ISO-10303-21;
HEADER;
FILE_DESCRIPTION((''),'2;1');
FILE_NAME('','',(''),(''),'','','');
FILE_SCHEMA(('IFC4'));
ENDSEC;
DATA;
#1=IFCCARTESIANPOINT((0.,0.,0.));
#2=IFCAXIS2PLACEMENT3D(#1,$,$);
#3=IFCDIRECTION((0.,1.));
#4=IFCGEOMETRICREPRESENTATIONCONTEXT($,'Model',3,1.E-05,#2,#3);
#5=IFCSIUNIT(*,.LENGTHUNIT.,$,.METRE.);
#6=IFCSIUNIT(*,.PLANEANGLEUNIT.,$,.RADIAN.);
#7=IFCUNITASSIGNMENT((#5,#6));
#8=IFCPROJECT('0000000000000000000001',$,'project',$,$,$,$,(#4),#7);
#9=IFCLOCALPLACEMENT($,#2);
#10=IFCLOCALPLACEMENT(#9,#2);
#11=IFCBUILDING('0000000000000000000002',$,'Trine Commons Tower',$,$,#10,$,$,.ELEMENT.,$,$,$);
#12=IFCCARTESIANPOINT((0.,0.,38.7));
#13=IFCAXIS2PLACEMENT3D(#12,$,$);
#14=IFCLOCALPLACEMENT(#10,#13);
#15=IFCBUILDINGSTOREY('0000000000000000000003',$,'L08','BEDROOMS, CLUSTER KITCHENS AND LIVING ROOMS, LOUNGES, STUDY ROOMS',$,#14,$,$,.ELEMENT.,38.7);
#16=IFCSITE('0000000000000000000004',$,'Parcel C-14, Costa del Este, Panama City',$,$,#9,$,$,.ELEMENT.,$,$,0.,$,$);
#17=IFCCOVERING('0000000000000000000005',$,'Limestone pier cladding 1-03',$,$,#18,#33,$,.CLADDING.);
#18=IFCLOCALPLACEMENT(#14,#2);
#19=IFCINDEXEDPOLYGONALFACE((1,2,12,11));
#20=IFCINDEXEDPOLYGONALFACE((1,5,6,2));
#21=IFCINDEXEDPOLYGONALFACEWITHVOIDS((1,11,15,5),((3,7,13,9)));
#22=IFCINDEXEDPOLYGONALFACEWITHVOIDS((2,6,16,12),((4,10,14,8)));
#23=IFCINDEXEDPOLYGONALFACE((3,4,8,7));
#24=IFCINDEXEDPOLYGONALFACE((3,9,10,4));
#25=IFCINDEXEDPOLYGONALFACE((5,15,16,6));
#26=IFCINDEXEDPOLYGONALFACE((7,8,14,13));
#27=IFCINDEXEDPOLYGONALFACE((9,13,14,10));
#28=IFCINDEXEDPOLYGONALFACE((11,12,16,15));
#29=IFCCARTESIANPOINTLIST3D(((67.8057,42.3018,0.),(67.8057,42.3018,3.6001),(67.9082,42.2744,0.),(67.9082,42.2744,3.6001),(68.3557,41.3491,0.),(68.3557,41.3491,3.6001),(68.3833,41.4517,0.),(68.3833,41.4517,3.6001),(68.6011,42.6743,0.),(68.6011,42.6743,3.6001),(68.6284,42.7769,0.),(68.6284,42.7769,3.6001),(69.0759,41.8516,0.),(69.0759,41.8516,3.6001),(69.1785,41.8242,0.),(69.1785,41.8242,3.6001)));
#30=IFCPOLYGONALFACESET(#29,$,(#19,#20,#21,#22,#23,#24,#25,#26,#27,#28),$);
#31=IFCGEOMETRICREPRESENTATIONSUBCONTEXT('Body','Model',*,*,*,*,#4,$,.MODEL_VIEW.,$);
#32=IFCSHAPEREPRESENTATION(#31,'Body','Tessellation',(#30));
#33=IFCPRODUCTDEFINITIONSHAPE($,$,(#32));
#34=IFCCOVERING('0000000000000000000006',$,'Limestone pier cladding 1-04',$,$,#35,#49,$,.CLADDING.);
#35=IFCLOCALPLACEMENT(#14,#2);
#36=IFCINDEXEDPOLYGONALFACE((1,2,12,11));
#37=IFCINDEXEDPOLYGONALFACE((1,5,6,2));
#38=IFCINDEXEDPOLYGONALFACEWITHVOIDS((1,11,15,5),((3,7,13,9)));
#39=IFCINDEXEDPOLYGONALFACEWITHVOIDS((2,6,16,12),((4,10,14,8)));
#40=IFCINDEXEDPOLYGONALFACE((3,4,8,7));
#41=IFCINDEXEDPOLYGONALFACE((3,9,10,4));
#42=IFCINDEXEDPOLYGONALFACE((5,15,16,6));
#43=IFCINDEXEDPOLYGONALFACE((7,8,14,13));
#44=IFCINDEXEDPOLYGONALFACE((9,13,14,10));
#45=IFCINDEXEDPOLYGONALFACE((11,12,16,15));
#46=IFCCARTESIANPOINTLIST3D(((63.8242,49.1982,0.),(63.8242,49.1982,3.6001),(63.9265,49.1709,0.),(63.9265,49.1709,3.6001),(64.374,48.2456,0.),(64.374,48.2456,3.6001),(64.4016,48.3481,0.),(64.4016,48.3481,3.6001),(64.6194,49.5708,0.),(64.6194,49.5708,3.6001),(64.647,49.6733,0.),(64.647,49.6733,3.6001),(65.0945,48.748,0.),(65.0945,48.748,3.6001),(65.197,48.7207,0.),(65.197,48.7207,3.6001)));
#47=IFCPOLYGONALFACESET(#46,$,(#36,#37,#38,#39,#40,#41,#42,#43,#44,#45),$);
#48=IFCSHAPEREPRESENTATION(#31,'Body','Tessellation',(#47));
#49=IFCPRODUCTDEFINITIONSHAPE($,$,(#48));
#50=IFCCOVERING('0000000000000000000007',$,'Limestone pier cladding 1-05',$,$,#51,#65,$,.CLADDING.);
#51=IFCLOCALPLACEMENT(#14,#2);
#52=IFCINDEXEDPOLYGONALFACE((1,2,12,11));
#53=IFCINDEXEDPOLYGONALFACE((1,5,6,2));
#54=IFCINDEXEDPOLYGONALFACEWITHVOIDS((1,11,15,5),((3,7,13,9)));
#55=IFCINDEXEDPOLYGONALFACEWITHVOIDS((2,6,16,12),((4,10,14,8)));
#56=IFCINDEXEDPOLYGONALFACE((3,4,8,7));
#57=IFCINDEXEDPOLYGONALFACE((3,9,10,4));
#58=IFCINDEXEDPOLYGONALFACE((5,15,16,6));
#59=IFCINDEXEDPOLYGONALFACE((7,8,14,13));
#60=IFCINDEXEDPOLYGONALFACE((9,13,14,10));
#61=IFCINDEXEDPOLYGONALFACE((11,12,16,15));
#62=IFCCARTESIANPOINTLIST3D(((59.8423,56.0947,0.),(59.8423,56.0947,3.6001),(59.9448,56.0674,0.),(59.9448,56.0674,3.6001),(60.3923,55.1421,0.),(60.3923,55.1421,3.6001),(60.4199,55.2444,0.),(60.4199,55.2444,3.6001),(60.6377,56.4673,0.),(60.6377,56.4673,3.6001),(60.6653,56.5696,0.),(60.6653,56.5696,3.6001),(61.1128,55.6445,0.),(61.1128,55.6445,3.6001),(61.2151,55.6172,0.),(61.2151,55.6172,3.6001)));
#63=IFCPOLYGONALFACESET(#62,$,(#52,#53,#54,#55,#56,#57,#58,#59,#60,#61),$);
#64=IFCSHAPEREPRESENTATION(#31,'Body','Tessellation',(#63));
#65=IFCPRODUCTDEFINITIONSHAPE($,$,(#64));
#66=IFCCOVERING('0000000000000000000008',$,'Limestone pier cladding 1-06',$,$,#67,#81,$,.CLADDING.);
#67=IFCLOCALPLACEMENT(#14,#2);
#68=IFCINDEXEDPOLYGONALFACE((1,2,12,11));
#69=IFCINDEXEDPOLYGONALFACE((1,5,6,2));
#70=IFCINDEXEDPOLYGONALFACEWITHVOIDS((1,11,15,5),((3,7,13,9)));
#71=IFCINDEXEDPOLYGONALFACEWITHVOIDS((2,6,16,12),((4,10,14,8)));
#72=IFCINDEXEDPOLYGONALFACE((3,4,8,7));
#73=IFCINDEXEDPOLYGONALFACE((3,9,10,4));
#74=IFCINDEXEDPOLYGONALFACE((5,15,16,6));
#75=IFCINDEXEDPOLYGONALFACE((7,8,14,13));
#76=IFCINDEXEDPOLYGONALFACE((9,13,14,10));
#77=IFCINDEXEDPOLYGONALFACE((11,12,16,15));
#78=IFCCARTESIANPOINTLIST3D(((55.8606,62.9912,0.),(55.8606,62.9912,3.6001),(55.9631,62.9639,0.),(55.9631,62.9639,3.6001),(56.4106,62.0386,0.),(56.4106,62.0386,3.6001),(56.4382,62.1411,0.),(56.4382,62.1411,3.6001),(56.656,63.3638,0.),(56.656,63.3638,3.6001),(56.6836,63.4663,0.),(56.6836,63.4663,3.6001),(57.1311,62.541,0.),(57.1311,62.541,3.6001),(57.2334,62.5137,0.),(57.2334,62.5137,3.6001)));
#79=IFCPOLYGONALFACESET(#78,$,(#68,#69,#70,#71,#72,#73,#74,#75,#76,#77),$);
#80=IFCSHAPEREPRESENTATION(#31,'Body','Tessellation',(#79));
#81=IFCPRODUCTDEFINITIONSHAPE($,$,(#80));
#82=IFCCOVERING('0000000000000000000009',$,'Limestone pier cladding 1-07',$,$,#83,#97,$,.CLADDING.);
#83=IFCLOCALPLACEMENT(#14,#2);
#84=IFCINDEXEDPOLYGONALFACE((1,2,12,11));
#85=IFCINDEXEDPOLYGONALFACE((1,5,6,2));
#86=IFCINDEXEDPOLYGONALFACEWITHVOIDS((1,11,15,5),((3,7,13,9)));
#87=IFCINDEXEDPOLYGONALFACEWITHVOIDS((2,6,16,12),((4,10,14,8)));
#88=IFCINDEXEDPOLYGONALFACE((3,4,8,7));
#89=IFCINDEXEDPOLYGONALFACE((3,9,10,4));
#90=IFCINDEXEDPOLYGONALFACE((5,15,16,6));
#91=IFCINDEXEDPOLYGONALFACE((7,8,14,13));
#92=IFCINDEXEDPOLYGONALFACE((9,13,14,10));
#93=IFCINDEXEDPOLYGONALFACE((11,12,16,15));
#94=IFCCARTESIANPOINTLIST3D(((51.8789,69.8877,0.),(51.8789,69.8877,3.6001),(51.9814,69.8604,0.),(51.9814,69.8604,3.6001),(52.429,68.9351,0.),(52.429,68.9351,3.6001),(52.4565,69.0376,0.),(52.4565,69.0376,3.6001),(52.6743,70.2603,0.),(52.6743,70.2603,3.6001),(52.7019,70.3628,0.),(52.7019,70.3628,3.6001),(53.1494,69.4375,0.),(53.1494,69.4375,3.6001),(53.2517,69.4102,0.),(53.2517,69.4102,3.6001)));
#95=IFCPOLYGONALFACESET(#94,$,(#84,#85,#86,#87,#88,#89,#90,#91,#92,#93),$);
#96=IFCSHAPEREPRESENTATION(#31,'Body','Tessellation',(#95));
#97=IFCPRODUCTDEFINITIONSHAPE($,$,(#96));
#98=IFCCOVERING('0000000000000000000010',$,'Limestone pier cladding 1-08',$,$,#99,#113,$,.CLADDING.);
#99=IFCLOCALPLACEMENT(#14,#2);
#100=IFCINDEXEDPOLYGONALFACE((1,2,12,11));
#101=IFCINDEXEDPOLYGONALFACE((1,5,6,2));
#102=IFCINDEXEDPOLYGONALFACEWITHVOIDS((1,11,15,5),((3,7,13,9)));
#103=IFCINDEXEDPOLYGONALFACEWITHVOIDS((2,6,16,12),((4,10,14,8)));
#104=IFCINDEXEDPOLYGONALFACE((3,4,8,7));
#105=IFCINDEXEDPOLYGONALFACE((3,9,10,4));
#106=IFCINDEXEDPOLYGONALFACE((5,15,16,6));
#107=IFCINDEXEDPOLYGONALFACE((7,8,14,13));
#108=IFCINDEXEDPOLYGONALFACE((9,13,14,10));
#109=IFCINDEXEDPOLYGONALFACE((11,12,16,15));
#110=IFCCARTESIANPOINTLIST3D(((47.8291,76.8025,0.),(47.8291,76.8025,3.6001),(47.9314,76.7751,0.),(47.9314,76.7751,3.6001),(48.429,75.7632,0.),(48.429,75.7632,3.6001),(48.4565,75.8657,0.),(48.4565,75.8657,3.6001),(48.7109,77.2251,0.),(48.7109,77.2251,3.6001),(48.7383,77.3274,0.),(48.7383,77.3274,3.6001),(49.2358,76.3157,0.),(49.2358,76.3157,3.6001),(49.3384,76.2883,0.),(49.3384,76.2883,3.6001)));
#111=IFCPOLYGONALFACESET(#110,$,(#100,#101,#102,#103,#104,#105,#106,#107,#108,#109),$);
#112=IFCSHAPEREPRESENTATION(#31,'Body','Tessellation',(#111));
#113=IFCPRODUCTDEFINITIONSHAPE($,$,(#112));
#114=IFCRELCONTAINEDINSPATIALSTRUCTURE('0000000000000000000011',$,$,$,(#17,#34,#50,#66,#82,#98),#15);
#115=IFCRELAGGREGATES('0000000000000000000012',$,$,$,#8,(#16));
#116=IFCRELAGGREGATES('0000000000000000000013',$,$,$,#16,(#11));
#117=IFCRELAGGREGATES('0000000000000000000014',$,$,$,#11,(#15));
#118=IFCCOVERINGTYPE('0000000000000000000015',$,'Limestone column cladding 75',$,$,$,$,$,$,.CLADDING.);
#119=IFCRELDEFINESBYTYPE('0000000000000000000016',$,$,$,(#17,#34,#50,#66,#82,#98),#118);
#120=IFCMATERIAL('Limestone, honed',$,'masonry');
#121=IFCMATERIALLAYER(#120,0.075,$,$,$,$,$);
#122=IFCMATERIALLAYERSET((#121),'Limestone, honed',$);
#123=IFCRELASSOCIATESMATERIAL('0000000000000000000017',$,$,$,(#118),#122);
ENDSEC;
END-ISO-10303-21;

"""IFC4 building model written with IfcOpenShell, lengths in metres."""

from ifc_helpers import new_model, si_unit, direction, frame, origin, place, context, subcontext, project, spatial, polyline, outline, extrude, material, layer, layer_set, type_object, element, save


model = new_model("IFC4")

# Units and contexts
model_context = context("Model", 3, precision=1e-05, world=origin(), true_north=direction((0.0, 1.0)))
body_context = subcontext(model_context, "Body", "Model", "MODEL_VIEW")
ifc_project = project(units=[si_unit("LENGTHUNIT", "METRE"), si_unit("PLANEANGLEUNIT", "RADIAN")], contexts=[model_context])

# Site, building, storey
site_placement = place(None, origin())
site = spatial("IfcSite", under=ifc_project, at=site_placement, Name="Parcel C-14, Costa del Este, Panama City", CompositionType="ELEMENT", RefElevation=0.0)
building_placement = place(site_placement, origin())
building = spatial("IfcBuilding", under=site, at=building_placement, Name="Trine Commons Tower", CompositionType="ELEMENT")
storey_placement = place(building_placement, frame((0.0, 0.0, 38.7)))
storey = spatial("IfcBuildingStorey", under=building, at=storey_placement, Name="L08", Description="BEDROOMS, CLUSTER KITCHENS AND LIVING ROOMS, LOUNGES, STUDY ROOMS", CompositionType="ELEMENT", Elevation=38.7)

# Coverings
ifc_material_1 = material(Name="Limestone, honed", Category="masonry")
ifc_layer_1 = layer(ifc_material_1, 0.075)
ifc_layer_set_1 = layer_set([ifc_layer_1], Name="Limestone, honed")
covering_type_1 = type_object("IfcCoveringType", Name="Limestone column cladding 75", PredefinedType="CLADDING", material=ifc_layer_set_1)
covering_1_placement = place(storey_placement, origin())
element("IfcCovering", 1, at=covering_1_placement, inside=storey, type_object=covering_type_1, Name="Limestone pier cladding 1-03", PredefinedType="CLADDING", context=body_context, shape_type="SweptSolid", body=[
    extrude(outline(polyline([(68.6284, 42.7769), (67.8057, 42.3018), (68.3557, 41.3491), (69.1785, 41.8242), (68.6284, 42.7769)]), holes=[polyline([(68.6011, 42.6743), (67.9082, 42.2744), (68.3833, 41.4517), (69.0759, 41.8516), (68.6011, 42.6743)])]), origin(), (0.0, 0.0, 1.0), 3.6001),
])
covering_2_placement = place(storey_placement, origin())
element("IfcCovering", 2, at=covering_2_placement, inside=storey, type_object=covering_type_1, Name="Limestone pier cladding 1-04", PredefinedType="CLADDING", context=body_context, shape_type="SweptSolid", body=[
    extrude(outline(polyline([(64.647, 49.6733), (63.8242, 49.1982), (64.374, 48.2456), (65.197, 48.7207), (64.647, 49.6733)]), holes=[polyline([(64.6194, 49.5708), (63.9265, 49.1709), (64.4016, 48.3481), (65.0945, 48.748), (64.6194, 49.5708)])]), origin(), (0.0, 0.0, 1.0), 3.6001),
])
covering_3_placement = place(storey_placement, origin())
element("IfcCovering", 3, at=covering_3_placement, inside=storey, type_object=covering_type_1, Name="Limestone pier cladding 1-05", PredefinedType="CLADDING", context=body_context, shape_type="SweptSolid", body=[
    extrude(outline(polyline([(60.6653, 56.5696), (59.8423, 56.0947), (60.3923, 55.1421), (61.2151, 55.6172), (60.6653, 56.5696)]), holes=[polyline([(60.6377, 56.4673), (59.9448, 56.0674), (60.4199, 55.2444), (61.1128, 55.6445), (60.6377, 56.4673)])]), origin(), (0.0, 0.0, 1.0), 3.6001),
])
covering_4_placement = place(storey_placement, origin())
element("IfcCovering", 4, at=covering_4_placement, inside=storey, type_object=covering_type_1, Name="Limestone pier cladding 1-06", PredefinedType="CLADDING", context=body_context, shape_type="SweptSolid", body=[
    extrude(outline(polyline([(56.6836, 63.4663), (55.8606, 62.9912), (56.4106, 62.0386), (57.2334, 62.5137), (56.6836, 63.4663)]), holes=[polyline([(56.656, 63.3638), (55.9631, 62.9639), (56.4382, 62.1411), (57.1311, 62.541), (56.656, 63.3638)])]), origin(), (0.0, 0.0, 1.0), 3.6001),
])
covering_5_placement = place(storey_placement, origin())
element("IfcCovering", 5, at=covering_5_placement, inside=storey, type_object=covering_type_1, Name="Limestone pier cladding 1-07", PredefinedType="CLADDING", context=body_context, shape_type="SweptSolid", body=[
    extrude(outline(polyline([(52.7019, 70.3628), (51.8789, 69.8877), (52.429, 68.9351), (53.2517, 69.4102), (52.7019, 70.3628)]), holes=[polyline([(52.6743, 70.2603), (51.9814, 69.8604), (52.4565, 69.0376), (53.1494, 69.4375), (52.6743, 70.2603)])]), origin(), (0.0, 0.0, 1.0), 3.6001),
])
covering_6_placement = place(storey_placement, origin())
element("IfcCovering", 6, at=covering_6_placement, inside=storey, type_object=covering_type_1, Name="Limestone pier cladding 1-08", PredefinedType="CLADDING", context=body_context, shape_type="SweptSolid", body=[
    extrude(outline(polyline([(48.7383, 77.3274), (47.8291, 76.8025), (48.429, 75.7632), (49.3384, 76.2883), (48.7383, 77.3274)]), holes=[polyline([(48.7109, 77.2251), (47.9314, 76.7751), (48.4565, 75.8657), (49.2358, 76.3157), (48.7109, 77.2251)])]), origin(), (0.0, 0.0, 1.0), 3.6001),
])

save(model, "model.ifc")
